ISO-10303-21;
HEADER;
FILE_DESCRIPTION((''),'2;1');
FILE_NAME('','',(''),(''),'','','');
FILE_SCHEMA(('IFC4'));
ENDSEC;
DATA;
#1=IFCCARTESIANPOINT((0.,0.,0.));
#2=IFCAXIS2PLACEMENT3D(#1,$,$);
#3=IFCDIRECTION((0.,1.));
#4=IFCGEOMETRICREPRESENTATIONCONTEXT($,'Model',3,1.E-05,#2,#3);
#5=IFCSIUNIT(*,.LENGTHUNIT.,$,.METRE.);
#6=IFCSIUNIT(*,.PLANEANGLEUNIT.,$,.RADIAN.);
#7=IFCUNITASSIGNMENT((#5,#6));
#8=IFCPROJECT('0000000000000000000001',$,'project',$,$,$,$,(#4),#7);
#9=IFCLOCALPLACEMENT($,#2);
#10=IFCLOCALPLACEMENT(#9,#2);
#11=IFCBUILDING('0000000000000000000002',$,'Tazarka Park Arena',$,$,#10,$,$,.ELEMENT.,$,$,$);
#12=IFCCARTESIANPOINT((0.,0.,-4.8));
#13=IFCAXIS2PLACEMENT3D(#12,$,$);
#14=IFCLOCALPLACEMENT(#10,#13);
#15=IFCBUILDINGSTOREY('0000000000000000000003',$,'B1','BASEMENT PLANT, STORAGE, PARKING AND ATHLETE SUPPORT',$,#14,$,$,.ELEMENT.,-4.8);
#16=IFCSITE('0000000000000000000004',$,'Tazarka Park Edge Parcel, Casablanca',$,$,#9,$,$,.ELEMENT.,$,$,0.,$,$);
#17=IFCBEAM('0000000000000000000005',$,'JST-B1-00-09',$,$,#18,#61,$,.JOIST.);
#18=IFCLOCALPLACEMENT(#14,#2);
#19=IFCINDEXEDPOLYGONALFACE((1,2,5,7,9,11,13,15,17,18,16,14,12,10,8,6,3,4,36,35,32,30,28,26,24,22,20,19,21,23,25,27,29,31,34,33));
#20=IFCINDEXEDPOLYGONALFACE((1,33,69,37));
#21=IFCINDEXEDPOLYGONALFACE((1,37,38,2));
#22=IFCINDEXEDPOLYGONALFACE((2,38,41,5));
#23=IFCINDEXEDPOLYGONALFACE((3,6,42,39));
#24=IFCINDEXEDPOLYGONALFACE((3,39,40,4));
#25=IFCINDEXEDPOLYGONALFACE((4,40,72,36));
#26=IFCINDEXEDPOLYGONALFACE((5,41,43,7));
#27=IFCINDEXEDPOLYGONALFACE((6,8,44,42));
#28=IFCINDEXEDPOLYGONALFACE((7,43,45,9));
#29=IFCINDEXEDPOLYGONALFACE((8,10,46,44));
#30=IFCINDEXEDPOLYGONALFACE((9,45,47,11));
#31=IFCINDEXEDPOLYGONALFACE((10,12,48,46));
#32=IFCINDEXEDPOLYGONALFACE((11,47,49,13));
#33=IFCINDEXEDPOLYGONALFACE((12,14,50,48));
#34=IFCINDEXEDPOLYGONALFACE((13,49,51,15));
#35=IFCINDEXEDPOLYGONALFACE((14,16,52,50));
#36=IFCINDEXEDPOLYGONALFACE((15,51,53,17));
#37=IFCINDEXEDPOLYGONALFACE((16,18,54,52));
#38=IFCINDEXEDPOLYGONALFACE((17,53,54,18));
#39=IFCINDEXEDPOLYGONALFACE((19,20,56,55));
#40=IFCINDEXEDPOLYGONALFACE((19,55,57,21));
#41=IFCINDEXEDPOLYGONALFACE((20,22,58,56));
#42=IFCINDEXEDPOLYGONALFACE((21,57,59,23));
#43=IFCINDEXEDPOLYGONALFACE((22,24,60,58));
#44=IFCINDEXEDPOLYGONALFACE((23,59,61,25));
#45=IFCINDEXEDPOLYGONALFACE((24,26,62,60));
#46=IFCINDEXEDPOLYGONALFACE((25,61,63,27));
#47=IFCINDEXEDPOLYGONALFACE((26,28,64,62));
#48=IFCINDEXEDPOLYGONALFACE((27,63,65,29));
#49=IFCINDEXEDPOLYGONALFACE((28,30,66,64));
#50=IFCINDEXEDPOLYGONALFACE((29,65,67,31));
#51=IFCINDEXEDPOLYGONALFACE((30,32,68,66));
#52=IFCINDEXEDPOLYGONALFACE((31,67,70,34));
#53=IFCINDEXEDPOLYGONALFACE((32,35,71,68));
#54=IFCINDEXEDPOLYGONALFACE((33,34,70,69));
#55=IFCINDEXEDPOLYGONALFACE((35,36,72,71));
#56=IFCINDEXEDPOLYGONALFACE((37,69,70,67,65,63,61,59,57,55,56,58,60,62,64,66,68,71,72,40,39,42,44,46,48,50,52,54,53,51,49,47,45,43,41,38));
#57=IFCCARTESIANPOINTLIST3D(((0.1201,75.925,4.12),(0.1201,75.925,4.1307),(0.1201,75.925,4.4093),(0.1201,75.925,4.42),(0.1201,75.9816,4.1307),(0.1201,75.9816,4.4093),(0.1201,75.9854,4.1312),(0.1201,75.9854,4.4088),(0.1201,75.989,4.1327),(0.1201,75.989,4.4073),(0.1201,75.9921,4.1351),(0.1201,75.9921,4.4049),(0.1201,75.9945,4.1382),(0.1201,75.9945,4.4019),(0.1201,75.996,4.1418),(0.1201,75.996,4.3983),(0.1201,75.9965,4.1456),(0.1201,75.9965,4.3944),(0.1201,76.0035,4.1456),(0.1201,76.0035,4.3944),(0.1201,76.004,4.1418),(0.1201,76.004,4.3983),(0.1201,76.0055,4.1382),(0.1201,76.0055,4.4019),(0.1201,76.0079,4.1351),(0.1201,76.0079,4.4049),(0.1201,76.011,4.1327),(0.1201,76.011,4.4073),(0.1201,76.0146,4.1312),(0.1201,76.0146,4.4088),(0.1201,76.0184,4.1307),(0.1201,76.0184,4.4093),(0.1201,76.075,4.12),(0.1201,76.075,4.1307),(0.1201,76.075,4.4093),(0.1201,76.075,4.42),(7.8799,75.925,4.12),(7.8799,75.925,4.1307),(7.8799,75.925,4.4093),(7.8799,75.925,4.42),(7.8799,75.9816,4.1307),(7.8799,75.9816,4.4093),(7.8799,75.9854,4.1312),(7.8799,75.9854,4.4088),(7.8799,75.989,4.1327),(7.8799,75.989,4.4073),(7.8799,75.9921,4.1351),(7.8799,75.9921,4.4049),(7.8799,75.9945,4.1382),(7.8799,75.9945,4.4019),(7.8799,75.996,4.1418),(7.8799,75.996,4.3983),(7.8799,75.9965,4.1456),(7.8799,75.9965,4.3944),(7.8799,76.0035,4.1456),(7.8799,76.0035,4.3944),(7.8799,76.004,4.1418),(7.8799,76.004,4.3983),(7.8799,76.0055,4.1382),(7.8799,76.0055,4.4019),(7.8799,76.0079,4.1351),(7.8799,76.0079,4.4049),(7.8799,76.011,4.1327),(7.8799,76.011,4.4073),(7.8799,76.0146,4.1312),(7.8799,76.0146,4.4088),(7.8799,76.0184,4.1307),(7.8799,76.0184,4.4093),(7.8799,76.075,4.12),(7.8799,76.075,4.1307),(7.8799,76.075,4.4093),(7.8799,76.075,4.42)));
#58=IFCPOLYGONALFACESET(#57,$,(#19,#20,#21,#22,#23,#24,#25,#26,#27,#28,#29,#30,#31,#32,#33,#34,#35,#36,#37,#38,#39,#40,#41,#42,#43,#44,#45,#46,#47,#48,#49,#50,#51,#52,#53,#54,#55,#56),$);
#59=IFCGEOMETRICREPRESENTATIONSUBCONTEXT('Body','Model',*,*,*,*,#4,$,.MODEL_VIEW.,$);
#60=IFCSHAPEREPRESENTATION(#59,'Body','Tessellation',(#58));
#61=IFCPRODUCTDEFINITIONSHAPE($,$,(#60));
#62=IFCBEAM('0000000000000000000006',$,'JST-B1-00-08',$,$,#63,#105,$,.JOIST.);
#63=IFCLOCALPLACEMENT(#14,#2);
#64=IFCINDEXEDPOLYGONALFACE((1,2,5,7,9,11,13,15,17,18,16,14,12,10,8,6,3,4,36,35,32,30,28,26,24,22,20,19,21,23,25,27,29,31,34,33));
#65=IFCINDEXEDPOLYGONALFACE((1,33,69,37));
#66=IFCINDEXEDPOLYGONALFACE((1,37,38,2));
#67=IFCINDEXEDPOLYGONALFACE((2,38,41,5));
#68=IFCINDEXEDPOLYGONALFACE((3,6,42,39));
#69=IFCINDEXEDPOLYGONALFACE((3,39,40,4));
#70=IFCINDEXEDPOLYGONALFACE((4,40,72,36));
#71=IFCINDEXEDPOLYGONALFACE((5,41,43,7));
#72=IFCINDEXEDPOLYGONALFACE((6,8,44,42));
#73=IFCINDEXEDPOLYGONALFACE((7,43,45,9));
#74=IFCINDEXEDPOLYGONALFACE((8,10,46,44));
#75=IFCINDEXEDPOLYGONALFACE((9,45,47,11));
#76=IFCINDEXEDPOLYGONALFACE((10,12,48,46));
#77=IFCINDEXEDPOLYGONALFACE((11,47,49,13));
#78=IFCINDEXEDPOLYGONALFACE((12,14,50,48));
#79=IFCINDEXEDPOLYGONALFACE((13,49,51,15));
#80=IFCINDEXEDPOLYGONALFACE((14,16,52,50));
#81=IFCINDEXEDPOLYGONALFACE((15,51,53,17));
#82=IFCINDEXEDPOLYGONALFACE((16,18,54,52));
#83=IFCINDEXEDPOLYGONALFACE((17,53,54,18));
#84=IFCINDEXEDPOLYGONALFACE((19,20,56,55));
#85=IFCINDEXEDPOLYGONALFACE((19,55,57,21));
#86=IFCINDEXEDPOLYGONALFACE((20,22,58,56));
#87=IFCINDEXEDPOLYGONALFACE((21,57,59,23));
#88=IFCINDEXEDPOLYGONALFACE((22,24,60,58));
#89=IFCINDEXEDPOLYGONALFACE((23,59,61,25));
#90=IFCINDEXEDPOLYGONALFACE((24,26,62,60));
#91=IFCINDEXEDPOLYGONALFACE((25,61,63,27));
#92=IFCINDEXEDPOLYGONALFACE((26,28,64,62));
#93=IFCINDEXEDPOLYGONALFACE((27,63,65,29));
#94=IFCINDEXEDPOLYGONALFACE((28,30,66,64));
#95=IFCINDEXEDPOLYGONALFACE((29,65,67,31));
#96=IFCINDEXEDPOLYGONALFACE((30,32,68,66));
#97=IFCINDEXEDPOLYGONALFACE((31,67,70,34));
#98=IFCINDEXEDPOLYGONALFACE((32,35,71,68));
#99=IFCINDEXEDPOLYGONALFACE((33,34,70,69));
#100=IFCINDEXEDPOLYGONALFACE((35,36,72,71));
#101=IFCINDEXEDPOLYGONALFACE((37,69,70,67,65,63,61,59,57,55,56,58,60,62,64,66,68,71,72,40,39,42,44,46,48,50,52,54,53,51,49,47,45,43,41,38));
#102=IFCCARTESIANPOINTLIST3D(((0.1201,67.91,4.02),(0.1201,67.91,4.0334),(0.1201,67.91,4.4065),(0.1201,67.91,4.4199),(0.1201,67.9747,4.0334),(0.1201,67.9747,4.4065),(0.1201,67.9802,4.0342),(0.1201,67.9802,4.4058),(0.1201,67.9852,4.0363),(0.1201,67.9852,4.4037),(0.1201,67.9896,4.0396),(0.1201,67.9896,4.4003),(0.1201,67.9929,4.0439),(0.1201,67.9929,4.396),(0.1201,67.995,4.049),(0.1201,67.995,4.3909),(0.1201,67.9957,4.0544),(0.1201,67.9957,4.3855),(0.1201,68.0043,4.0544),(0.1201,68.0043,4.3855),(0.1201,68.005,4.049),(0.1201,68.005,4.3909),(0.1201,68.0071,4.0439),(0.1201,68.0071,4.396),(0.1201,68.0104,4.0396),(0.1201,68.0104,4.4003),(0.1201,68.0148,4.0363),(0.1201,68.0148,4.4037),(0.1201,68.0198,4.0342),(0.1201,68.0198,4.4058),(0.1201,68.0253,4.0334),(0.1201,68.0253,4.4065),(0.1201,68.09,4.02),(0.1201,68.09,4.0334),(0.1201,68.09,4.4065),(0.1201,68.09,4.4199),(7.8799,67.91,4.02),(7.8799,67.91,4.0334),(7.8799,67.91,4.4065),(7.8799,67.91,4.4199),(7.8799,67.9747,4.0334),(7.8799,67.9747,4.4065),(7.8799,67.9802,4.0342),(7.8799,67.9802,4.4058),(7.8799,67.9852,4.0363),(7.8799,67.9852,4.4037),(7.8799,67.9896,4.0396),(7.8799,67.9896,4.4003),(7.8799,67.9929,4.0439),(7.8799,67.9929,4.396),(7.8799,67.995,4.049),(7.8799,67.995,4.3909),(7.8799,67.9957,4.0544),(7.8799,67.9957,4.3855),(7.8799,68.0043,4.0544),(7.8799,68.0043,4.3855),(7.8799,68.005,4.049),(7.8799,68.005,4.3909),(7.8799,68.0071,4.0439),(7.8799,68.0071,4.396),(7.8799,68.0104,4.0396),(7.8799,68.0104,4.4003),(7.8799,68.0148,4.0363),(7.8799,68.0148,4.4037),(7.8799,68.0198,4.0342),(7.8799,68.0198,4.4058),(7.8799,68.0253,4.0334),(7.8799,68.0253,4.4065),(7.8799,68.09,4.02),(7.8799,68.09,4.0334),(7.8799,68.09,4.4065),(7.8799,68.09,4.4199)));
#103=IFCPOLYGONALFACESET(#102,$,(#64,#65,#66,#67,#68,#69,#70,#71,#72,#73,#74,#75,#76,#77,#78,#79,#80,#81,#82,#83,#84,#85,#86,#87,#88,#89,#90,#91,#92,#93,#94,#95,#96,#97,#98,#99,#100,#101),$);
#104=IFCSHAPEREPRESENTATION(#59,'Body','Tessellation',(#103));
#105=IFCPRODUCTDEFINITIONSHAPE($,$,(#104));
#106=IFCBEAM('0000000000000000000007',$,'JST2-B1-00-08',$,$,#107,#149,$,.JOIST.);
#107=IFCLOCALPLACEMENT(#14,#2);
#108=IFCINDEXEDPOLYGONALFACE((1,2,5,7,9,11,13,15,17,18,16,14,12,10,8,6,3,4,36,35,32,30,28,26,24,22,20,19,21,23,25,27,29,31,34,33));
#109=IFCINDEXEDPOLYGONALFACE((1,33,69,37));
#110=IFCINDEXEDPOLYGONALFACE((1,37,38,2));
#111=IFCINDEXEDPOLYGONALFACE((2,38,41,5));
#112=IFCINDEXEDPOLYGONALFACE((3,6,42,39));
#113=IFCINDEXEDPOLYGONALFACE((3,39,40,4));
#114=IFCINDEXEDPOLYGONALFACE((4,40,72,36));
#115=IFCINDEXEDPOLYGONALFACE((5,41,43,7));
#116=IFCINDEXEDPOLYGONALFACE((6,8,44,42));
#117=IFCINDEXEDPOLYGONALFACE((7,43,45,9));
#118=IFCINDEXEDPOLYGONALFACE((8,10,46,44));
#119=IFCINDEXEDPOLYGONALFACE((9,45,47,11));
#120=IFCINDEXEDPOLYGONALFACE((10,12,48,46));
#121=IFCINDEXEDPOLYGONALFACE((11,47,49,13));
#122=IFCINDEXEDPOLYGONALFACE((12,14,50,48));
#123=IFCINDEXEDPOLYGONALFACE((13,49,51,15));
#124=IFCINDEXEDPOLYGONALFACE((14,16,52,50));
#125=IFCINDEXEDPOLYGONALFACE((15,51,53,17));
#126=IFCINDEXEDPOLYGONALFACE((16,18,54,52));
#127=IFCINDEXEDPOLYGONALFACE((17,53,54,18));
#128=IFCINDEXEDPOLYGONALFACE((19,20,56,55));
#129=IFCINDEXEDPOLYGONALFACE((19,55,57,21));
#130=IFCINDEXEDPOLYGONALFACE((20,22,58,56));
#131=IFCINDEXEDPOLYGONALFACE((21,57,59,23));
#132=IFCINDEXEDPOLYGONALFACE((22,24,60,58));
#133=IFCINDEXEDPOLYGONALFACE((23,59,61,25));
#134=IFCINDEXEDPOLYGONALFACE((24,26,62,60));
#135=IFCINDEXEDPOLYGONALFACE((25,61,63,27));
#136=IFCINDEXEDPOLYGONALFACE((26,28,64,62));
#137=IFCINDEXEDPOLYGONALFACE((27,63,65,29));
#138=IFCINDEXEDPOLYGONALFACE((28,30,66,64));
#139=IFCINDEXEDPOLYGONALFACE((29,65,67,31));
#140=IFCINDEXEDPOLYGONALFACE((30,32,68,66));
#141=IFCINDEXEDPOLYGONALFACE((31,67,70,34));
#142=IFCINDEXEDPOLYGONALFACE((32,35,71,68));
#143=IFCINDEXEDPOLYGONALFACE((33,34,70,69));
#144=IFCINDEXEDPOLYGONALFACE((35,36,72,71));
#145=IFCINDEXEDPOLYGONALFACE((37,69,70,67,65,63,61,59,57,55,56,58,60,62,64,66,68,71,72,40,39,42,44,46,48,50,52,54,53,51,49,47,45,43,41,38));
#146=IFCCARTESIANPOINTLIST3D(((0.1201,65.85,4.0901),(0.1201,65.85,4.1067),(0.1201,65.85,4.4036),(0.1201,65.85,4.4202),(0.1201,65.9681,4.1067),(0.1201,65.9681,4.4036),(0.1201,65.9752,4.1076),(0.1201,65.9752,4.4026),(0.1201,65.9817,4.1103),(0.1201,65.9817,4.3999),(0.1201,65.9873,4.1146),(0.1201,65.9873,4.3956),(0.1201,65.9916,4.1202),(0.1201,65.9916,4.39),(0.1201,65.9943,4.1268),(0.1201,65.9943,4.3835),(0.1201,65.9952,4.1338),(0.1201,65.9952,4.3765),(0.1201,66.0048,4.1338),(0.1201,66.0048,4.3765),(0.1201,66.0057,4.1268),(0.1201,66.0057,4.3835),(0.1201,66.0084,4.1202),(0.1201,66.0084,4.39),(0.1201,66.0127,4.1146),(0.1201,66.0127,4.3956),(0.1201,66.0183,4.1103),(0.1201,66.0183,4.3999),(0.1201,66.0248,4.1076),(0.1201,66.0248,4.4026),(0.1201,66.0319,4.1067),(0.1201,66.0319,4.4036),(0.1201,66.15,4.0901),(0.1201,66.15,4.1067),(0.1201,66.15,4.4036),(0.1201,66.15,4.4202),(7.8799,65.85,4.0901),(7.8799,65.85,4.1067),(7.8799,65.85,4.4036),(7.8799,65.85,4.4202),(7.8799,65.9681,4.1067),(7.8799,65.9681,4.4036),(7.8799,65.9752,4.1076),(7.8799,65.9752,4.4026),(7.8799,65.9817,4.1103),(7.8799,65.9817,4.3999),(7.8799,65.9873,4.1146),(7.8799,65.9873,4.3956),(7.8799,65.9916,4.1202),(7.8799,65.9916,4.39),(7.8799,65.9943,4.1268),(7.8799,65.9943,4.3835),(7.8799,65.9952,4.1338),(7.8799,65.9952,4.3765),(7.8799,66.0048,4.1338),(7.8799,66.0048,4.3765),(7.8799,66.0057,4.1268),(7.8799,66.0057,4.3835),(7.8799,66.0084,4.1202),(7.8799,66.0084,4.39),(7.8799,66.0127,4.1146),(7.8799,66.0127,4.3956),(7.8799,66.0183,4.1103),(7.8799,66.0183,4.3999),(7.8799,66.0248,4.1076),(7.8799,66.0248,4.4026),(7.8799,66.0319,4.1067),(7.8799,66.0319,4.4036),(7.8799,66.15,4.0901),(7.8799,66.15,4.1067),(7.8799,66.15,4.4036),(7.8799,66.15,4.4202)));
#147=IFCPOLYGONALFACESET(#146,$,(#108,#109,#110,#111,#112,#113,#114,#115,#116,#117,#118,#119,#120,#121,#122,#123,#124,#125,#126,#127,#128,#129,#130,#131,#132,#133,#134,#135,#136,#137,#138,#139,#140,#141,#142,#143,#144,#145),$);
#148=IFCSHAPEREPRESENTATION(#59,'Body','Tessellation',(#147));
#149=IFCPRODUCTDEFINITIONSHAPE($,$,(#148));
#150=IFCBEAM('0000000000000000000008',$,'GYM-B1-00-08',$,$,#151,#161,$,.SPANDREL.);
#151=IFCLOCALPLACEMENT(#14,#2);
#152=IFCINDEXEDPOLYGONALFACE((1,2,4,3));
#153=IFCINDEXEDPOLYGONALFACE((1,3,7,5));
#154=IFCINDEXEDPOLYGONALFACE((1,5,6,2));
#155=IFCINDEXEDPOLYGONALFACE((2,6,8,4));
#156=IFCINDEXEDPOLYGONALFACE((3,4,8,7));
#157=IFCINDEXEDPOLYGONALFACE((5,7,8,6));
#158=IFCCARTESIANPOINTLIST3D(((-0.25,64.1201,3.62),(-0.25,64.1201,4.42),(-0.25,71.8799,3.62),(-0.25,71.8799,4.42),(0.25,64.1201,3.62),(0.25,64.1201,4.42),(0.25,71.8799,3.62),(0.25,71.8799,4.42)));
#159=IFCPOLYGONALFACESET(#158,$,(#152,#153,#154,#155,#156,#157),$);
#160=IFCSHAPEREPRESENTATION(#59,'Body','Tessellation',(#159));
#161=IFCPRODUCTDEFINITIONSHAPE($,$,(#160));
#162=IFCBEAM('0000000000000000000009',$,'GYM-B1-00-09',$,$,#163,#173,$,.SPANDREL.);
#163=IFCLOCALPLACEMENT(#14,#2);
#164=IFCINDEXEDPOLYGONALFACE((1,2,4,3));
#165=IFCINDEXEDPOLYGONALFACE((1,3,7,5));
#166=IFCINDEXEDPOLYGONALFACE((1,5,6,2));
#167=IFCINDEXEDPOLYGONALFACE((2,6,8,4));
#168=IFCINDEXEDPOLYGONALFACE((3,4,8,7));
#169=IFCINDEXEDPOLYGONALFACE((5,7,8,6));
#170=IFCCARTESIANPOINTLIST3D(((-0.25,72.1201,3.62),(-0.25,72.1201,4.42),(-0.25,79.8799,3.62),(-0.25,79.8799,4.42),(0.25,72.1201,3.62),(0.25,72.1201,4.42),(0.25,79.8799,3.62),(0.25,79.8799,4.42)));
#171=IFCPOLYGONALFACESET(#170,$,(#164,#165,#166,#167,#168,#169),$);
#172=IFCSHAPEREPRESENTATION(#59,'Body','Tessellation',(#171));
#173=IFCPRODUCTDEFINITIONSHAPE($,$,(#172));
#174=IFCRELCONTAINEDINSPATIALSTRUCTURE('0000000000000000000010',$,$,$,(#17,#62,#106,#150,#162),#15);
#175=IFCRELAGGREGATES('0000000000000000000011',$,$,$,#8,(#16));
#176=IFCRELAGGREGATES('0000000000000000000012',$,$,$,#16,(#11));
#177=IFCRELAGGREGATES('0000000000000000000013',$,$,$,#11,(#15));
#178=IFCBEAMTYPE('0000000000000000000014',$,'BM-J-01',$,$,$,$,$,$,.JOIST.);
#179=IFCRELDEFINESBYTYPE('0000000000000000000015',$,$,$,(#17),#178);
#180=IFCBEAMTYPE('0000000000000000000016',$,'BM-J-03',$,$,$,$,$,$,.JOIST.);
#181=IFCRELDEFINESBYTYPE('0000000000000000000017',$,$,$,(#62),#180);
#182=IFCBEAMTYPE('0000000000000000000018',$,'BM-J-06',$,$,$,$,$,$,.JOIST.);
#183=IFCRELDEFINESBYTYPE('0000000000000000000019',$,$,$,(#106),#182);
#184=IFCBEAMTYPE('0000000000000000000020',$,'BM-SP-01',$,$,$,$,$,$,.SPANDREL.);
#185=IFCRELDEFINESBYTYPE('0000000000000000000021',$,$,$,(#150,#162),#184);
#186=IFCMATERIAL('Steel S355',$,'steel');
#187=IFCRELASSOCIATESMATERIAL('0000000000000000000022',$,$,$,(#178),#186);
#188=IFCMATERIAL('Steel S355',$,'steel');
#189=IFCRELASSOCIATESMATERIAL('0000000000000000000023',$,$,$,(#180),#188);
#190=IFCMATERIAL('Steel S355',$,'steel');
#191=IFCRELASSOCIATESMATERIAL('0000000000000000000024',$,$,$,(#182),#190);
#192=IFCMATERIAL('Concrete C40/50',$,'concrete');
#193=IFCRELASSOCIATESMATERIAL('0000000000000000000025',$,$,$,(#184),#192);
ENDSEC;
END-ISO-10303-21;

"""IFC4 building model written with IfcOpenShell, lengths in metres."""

from ifc_helpers import new_model, si_unit, direction, frame, origin, origin_2d, place, context, subcontext, project, spatial, rectangle, i_section, extrude, material, material_profile, profile_set, type_object, element, save


model = new_model("IFC4")

# Units and contexts
model_context = context("Model", 3, precision=1e-05, world=origin(), true_north=direction((0.0, 1.0)))
body_context = subcontext(model_context, "Body", "Model", "MODEL_VIEW")
ifc_project = project(units=[si_unit("LENGTHUNIT", "METRE"), si_unit("PLANEANGLEUNIT", "RADIAN")], contexts=[model_context])

# Site, building, storey
site_placement = place(None, origin())
site = spatial("IfcSite", under=ifc_project, at=site_placement, Name="Tazarka Park Edge Parcel, Casablanca", CompositionType="ELEMENT", RefElevation=0.0)
building_placement = place(site_placement, origin())
building = spatial("IfcBuilding", under=site, at=building_placement, Name="Tazarka Park Arena", CompositionType="ELEMENT")
storey_placement = place(building_placement, frame((0.0, 0.0, -4.8)))
storey = spatial("IfcBuildingStorey", under=building, at=storey_placement, Name="B1", Description="BASEMENT PLANT, STORAGE, PARKING AND ATHLETE SUPPORT", CompositionType="ELEMENT", Elevation=-4.8)

# Beams
ifc_material_1 = material(Name="Steel S355", Category="steel")
ifc_material_profile_1 = material_profile(ifc_material_1, i_section(OverallWidth=0.1499, OverallDepth=0.3, WebThickness=0.0071, FlangeThickness=0.0107, FilletRadius=0.0149, at=origin_2d()), Name="Steel S355")
ifc_profile_set_1 = profile_set([ifc_material_profile_1], Name="Steel S355")
beam_type_1 = type_object("IfcBeamType", Name="BM-J-01", PredefinedType="JOIST", material=ifc_profile_set_1)
beam_1_placement = place(storey_placement, frame((0.1201, 76.0, 4.27), z_axis=(1.0, 0.0, 0.0), x_axis=(0.0, 1.0, 0.0)))
element("IfcBeam", 1, at=beam_1_placement, inside=storey, type_object=beam_type_1, Name="JST-B1-00-09", PredefinedType="JOIST", context=body_context, shape_type="SweptSolid", body=[
    extrude(i_section(OverallWidth=0.1499, OverallDepth=0.3, WebThickness=0.0071, FlangeThickness=0.0107, FilletRadius=0.0149, at=origin_2d()), origin(), (0.0, 0.0, 1.0), 7.7598),
])
ifc_material_2 = material(Name="Steel S355", Category="steel")
ifc_material_profile_2 = material_profile(ifc_material_2, i_section(OverallWidth=0.1799, OverallDepth=0.3999, WebThickness=0.0085, FlangeThickness=0.0134, FilletRadius=0.021, at=origin_2d()), Name="Steel S355")
ifc_profile_set_2 = profile_set([ifc_material_profile_2], Name="Steel S355")
beam_type_2 = type_object("IfcBeamType", Name="BM-J-03", PredefinedType="JOIST", material=ifc_profile_set_2)
beam_2_placement = place(storey_placement, frame((0.1201, 68.0, 4.22), z_axis=(1.0, 0.0, 0.0), x_axis=(0.0, 1.0, 0.0)))
element("IfcBeam", 2, at=beam_2_placement, inside=storey, type_object=beam_type_2, Name="JST-B1-00-08", PredefinedType="JOIST", context=body_context, shape_type="SweptSolid", body=[
    extrude(i_section(OverallWidth=0.1799, OverallDepth=0.3999, WebThickness=0.0085, FlangeThickness=0.0134, FilletRadius=0.021, at=origin_2d()), origin(), (0.0, 0.0, 1.0), 7.7598),
])
ifc_material_3 = material(Name="Steel S355", Category="steel")
ifc_material_profile_3 = material_profile(ifc_material_3, i_section(OverallWidth=0.3, OverallDepth=0.3301, WebThickness=0.0095, FlangeThickness=0.0166, FilletRadius=0.0271, at=origin_2d()), Name="Steel S355")
ifc_profile_set_3 = profile_set([ifc_material_profile_3], Name="Steel S355")
beam_type_3 = type_object("IfcBeamType", Name="BM-J-06", PredefinedType="JOIST", material=ifc_profile_set_3)
beam_3_placement = place(storey_placement, frame((0.1201, 66.0, 4.2551), z_axis=(1.0, 0.0, 0.0), x_axis=(0.0, 1.0, 0.0)))
element("IfcBeam", 3, at=beam_3_placement, inside=storey, type_object=beam_type_3, Name="JST2-B1-00-08", PredefinedType="JOIST", context=body_context, shape_type="SweptSolid", body=[
    extrude(i_section(OverallWidth=0.3, OverallDepth=0.3301, WebThickness=0.0095, FlangeThickness=0.0166, FilletRadius=0.0271, at=origin_2d()), origin(), (0.0, 0.0, 1.0), 7.7598),
])
ifc_material_4 = material(Name="Concrete C40/50", Category="concrete")
ifc_material_profile_4 = material_profile(ifc_material_4, rectangle(XDim=0.5, YDim=0.8, at=origin_2d()), Name="Concrete C40/50")
ifc_profile_set_4 = profile_set([ifc_material_profile_4], Name="Concrete C40/50")
beam_type_4 = type_object("IfcBeamType", Name="BM-SP-01", PredefinedType="SPANDREL", material=ifc_profile_set_4)
for number, where, z_axis, x_axis, name in (
    (4, (0.0, 64.1201, 4.02), (0.0, 1.0, 0.0), (-1.0, 0.0, 0.0), "GYM-B1-00-08"),
    (5, (0.0, 72.1201, 4.02), (0.0, 1.0, 0.0), (-1.0, 0.0, 0.0), "GYM-B1-00-09"),
):
    element("IfcBeam", number, at=place(storey_placement, frame(where, z_axis=z_axis, x_axis=x_axis)), inside=storey, type_object=beam_type_4, Name=name, PredefinedType="SPANDREL", context=body_context, shape_type="SweptSolid", body=[
        extrude(rectangle(XDim=0.5, YDim=0.8, at=origin_2d()), origin(), (0.0, 0.0, 1.0), 7.7598),
    ])

save(model, "model.ifc")
